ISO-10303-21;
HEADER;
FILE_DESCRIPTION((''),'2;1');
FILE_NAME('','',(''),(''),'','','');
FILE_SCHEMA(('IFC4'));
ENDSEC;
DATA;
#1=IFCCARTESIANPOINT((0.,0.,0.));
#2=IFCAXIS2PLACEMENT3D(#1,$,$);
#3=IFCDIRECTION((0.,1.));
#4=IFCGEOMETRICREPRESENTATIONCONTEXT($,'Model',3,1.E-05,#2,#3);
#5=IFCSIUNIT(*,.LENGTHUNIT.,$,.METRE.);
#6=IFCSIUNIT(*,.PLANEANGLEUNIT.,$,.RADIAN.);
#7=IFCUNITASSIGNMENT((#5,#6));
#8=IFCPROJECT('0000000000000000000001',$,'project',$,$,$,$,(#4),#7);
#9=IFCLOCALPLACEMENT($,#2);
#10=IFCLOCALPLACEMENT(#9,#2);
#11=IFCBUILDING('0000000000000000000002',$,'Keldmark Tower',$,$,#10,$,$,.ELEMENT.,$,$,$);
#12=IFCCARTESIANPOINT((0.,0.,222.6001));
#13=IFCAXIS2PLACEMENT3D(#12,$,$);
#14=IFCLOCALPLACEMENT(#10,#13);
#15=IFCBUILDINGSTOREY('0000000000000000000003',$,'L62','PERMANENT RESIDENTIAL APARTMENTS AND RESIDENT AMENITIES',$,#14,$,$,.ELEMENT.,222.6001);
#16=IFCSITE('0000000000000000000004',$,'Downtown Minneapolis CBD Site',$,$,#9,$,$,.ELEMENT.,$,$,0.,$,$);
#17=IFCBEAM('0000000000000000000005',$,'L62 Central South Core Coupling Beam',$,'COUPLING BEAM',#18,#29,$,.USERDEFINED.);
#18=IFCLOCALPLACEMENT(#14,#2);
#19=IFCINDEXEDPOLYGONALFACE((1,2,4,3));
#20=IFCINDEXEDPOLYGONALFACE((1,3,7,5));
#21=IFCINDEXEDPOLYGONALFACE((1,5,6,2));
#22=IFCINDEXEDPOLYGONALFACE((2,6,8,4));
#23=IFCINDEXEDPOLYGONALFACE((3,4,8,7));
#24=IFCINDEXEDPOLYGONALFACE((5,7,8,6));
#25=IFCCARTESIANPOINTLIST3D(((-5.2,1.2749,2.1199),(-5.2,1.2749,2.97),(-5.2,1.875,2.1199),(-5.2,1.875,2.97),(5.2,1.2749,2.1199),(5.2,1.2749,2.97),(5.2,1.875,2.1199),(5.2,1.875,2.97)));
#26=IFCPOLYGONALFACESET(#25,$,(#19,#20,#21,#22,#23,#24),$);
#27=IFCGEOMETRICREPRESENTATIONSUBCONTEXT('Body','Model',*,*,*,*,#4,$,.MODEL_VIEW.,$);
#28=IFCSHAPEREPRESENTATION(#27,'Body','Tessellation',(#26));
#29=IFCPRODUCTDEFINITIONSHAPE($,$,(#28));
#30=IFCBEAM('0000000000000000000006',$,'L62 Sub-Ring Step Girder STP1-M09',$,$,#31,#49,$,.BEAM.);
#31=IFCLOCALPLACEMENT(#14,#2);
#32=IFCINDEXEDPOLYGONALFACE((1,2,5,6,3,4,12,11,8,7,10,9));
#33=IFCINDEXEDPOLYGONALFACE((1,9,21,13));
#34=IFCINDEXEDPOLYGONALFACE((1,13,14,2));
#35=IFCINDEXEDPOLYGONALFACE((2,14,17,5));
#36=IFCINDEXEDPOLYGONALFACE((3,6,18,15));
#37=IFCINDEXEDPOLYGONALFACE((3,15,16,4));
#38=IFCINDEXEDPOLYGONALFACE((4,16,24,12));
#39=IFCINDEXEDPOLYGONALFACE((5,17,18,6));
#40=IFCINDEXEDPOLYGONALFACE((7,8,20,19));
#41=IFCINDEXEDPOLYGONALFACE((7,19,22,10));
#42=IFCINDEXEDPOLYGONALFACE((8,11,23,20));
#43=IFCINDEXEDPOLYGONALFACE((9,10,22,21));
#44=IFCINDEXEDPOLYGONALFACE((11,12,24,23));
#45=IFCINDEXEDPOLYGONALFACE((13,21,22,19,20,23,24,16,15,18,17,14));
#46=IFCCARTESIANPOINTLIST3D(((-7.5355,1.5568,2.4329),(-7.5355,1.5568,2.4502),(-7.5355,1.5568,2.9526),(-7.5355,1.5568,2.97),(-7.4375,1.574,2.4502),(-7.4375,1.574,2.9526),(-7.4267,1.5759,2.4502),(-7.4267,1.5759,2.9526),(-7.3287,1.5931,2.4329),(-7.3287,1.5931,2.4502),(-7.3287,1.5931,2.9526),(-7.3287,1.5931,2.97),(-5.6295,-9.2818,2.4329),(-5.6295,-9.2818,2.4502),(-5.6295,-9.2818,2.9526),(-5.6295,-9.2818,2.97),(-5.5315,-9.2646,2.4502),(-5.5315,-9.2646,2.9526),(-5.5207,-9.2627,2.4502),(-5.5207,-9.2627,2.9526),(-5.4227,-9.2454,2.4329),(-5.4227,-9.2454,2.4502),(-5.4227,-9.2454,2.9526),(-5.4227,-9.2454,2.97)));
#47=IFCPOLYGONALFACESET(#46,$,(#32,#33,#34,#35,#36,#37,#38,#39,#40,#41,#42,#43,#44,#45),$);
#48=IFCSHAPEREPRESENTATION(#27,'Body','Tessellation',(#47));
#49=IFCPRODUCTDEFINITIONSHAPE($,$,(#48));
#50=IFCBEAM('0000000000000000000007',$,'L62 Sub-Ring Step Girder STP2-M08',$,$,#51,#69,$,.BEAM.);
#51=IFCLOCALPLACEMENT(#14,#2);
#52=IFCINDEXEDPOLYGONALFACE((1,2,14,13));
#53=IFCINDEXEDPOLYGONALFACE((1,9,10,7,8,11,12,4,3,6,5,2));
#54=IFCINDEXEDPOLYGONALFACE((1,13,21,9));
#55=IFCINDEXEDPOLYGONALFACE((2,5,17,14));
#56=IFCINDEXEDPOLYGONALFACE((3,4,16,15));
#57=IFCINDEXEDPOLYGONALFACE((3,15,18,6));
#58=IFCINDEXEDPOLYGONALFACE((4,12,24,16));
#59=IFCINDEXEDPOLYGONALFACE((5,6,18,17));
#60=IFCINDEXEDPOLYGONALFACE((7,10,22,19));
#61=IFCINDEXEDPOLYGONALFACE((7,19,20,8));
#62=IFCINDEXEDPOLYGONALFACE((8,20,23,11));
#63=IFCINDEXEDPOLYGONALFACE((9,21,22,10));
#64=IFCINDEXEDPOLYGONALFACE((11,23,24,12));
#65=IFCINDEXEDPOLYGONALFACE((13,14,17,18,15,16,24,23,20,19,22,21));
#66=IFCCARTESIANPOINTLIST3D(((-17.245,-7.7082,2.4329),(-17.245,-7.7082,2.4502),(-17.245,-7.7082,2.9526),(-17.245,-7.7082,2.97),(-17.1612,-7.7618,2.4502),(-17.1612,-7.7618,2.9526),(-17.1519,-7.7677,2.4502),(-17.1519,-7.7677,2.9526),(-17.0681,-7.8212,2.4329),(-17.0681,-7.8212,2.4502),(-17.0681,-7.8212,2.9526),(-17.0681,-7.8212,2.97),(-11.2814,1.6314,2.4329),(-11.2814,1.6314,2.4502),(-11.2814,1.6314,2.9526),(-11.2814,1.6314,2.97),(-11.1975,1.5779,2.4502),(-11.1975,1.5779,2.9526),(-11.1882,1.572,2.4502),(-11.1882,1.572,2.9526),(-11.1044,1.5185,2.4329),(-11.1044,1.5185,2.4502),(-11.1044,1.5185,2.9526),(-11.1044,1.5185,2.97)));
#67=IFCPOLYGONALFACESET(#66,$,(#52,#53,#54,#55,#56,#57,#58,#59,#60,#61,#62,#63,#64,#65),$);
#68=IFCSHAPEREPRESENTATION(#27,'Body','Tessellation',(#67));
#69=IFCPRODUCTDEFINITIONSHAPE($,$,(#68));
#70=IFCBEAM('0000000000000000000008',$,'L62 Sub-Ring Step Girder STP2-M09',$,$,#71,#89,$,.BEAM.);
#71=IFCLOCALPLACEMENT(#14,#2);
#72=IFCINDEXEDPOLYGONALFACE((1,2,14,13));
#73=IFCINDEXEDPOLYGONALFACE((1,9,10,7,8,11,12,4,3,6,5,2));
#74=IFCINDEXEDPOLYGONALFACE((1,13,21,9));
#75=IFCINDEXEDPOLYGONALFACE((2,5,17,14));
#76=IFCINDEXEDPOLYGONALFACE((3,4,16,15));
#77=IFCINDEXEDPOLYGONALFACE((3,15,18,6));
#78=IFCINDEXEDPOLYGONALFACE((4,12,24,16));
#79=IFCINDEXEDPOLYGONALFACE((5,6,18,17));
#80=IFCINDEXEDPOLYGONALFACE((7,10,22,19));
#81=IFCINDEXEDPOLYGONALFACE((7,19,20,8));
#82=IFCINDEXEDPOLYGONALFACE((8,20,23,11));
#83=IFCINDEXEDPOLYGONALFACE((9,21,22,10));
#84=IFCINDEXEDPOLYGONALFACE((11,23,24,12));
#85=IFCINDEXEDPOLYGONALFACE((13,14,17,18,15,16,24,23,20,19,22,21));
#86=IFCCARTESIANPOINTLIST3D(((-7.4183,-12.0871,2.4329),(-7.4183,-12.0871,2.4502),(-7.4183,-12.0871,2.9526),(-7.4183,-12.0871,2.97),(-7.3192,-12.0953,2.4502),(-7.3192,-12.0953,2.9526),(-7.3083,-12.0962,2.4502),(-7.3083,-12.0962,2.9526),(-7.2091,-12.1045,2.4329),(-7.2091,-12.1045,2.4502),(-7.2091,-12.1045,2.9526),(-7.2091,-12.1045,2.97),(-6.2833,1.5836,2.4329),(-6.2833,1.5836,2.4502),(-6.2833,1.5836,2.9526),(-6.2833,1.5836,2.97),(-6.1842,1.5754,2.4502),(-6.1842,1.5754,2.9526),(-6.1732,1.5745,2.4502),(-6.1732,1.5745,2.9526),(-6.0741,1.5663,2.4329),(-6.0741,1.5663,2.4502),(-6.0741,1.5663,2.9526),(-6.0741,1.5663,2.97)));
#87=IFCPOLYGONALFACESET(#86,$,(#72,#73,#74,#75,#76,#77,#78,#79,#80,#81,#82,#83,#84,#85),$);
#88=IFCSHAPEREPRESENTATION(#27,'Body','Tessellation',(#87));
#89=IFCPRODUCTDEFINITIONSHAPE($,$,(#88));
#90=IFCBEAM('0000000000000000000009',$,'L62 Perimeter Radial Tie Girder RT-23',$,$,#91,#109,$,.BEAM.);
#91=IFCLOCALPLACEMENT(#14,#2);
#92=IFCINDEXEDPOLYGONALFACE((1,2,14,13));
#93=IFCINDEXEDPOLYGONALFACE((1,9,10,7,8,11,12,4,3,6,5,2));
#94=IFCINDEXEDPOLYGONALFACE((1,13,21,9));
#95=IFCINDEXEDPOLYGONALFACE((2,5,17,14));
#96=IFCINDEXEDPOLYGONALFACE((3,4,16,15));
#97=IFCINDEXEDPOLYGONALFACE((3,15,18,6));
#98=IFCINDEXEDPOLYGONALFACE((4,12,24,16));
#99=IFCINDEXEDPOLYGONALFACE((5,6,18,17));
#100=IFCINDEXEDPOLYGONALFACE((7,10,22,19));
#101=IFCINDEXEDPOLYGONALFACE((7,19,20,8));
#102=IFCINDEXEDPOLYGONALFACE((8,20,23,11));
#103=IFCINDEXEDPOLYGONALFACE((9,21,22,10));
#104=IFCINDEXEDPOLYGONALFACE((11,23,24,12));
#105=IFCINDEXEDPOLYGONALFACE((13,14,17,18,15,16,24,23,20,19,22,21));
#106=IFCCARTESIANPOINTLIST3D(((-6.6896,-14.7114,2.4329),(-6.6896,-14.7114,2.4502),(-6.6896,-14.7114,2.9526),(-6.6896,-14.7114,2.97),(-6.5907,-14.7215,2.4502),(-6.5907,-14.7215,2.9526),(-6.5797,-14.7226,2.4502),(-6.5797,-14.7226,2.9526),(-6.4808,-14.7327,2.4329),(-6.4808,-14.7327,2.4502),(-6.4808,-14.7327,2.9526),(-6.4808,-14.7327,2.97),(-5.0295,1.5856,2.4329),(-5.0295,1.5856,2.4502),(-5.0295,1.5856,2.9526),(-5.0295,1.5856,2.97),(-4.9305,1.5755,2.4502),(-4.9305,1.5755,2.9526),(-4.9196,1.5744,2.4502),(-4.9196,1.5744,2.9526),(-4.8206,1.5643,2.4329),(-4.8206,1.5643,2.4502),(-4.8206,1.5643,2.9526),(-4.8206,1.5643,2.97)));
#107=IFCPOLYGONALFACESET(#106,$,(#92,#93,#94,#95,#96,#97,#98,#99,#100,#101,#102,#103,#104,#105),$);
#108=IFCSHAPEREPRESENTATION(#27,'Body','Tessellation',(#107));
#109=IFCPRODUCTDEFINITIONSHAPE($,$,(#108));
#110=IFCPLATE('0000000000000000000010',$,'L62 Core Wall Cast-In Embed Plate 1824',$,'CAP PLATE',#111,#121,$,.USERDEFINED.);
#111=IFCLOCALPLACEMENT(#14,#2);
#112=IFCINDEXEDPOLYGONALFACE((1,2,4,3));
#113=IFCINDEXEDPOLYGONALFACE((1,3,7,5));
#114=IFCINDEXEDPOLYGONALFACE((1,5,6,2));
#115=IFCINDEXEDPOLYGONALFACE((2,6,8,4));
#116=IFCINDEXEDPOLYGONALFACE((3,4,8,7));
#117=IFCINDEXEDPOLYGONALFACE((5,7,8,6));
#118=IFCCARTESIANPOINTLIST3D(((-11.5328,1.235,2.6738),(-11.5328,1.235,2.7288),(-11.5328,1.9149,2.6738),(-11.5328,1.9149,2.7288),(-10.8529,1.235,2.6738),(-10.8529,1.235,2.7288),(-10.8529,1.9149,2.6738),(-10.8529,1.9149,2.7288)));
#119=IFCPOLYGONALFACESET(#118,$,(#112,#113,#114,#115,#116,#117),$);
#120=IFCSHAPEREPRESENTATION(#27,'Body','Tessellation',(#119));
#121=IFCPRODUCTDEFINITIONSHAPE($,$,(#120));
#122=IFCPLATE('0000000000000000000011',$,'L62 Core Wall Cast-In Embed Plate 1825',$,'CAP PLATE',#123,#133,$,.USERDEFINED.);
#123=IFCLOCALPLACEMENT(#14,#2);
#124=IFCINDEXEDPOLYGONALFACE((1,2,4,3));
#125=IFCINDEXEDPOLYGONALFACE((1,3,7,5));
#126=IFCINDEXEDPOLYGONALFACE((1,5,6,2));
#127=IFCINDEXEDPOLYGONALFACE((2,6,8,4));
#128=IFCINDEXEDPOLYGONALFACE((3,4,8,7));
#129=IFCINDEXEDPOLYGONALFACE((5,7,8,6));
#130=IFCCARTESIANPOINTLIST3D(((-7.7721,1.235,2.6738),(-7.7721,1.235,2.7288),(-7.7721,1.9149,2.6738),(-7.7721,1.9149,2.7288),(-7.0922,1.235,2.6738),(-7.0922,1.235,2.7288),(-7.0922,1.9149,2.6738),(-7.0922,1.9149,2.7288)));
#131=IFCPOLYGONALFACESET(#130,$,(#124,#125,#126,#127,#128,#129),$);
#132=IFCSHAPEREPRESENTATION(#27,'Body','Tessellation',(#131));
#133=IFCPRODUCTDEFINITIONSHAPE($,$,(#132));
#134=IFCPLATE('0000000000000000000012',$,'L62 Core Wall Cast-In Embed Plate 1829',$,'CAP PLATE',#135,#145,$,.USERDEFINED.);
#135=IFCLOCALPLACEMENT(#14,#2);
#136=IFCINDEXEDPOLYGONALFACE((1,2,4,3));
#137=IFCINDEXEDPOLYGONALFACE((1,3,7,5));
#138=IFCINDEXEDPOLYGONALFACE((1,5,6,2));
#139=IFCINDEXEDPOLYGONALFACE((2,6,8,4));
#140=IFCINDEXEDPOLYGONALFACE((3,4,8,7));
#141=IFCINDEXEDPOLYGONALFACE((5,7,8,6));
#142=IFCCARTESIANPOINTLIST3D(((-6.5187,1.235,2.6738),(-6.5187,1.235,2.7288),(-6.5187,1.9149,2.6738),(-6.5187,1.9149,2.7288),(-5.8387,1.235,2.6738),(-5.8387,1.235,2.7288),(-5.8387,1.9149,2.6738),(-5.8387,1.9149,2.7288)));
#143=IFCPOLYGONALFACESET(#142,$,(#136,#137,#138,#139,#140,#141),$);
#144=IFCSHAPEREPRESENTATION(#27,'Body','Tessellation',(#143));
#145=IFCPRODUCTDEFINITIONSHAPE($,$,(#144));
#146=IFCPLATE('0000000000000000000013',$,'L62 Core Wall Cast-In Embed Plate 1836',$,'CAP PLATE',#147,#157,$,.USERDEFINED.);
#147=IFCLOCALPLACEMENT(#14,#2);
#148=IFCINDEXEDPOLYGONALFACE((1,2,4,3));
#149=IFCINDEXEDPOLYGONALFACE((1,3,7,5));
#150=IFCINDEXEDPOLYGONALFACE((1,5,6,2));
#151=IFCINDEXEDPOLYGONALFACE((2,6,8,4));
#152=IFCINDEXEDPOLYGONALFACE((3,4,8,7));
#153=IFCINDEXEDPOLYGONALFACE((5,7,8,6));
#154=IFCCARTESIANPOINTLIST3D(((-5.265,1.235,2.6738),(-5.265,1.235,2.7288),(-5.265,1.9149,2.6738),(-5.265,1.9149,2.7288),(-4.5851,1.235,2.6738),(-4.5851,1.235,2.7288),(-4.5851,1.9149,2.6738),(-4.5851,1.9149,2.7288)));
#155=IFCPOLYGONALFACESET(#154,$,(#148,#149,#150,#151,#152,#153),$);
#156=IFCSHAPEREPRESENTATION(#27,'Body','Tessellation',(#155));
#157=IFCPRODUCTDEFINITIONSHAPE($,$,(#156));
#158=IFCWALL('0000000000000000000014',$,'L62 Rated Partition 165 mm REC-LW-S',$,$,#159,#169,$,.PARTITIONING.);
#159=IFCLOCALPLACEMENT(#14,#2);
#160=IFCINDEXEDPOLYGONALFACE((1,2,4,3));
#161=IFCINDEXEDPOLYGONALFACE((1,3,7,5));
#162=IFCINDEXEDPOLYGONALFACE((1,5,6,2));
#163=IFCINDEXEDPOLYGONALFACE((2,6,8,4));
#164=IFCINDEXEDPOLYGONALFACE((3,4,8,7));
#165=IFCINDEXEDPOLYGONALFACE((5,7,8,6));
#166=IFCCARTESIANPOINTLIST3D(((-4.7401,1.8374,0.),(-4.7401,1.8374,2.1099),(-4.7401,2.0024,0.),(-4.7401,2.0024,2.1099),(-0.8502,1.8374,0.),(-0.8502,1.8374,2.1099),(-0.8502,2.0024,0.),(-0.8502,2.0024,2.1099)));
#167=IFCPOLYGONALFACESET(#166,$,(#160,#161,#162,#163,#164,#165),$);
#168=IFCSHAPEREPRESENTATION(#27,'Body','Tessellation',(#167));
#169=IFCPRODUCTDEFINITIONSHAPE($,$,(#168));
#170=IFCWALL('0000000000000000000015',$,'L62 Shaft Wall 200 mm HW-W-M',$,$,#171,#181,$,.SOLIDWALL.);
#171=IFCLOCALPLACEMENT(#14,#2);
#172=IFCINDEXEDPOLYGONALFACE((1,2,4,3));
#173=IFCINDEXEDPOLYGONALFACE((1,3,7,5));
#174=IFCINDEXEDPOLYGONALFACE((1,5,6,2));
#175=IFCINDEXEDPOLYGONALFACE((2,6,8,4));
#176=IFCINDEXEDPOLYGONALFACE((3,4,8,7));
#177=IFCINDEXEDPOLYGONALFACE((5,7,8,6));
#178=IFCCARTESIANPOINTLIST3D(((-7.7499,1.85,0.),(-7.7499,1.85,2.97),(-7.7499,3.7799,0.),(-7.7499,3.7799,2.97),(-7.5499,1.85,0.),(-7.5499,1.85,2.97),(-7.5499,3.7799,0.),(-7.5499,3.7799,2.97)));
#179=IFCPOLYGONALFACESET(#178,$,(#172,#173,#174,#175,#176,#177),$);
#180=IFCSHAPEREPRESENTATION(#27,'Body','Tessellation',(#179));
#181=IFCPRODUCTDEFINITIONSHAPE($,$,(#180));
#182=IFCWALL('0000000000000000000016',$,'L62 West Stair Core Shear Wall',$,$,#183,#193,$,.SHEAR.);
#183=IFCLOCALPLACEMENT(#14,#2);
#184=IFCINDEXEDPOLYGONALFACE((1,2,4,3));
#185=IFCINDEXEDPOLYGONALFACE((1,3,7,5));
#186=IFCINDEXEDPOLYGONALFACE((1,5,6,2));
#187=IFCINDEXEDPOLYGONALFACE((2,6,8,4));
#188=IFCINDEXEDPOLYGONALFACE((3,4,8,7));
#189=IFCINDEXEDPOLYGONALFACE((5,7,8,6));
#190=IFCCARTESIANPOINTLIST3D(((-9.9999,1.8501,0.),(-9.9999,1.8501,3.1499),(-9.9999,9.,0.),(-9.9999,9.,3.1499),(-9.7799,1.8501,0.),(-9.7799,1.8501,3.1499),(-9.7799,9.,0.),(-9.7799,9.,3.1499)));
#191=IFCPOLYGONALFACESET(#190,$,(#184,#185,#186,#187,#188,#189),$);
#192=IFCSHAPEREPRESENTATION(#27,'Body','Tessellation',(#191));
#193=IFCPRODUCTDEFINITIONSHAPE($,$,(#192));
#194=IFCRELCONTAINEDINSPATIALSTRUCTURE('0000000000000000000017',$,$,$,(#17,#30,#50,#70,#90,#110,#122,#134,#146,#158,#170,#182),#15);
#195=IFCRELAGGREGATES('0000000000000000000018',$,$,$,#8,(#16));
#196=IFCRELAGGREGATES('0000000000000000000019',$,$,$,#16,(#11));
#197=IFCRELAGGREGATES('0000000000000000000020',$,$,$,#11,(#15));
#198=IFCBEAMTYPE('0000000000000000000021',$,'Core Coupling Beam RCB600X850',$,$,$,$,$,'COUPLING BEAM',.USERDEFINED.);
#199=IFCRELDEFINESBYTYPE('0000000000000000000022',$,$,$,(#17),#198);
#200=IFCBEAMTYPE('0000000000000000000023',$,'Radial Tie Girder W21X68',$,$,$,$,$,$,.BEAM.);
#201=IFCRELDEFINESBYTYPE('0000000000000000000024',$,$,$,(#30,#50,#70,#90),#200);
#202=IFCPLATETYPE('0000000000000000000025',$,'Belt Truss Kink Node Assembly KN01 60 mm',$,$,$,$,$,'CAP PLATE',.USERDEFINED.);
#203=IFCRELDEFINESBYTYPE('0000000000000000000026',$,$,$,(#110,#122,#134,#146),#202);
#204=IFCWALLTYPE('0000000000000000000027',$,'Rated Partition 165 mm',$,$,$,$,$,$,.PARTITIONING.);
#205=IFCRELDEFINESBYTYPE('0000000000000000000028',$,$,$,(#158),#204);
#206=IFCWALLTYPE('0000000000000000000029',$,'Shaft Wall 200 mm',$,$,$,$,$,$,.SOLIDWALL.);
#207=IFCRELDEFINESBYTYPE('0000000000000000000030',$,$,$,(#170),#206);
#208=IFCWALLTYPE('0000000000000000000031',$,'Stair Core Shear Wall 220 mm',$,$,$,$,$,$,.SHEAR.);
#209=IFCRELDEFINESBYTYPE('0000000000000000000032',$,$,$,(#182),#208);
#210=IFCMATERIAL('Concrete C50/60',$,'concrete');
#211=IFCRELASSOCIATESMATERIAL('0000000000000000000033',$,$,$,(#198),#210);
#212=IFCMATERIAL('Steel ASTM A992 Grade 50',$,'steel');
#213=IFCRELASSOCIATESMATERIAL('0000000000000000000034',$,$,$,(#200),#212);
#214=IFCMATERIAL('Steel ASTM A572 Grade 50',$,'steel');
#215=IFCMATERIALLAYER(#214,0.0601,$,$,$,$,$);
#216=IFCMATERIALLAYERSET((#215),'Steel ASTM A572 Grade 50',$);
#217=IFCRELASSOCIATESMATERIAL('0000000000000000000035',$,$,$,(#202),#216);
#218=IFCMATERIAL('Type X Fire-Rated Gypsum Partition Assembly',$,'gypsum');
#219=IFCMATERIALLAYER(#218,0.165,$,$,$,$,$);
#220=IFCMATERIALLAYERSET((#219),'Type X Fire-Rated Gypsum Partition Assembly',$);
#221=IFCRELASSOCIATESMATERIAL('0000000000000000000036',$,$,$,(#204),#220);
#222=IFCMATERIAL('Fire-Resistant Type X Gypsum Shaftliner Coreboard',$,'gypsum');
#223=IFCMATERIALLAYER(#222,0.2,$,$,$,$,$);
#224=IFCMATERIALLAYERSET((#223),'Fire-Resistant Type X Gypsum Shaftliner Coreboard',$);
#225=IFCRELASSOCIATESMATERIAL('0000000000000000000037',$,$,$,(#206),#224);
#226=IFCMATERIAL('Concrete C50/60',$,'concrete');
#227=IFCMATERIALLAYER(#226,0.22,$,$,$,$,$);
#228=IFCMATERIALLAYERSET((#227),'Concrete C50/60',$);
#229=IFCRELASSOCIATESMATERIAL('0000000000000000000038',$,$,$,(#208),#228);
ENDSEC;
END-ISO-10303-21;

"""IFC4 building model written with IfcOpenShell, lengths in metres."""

from ifc_helpers import new_model, si_unit, direction, frame, frame_2d, origin, origin_2d, place, context, subcontext, project, spatial, rectangle, i_section, extrude, material, layer, layer_set, material_profile, profile_set, type_object, element, save


model = new_model("IFC4")

# Units and contexts
model_context = context("Model", 3, precision=1e-05, world=origin(), true_north=direction((0.0, 1.0)))
body_context = subcontext(model_context, "Body", "Model", "MODEL_VIEW")
ifc_project = project(units=[si_unit("LENGTHUNIT", "METRE"), si_unit("PLANEANGLEUNIT", "RADIAN")], contexts=[model_context])

# Site, building, storey
site_placement = place(None, origin())
site = spatial("IfcSite", under=ifc_project, at=site_placement, Name="Downtown Minneapolis CBD Site", CompositionType="ELEMENT", RefElevation=0.0)
building_placement = place(site_placement, origin())
building = spatial("IfcBuilding", under=site, at=building_placement, Name="Keldmark Tower", CompositionType="ELEMENT")
storey_placement = place(building_placement, frame((0.0, 0.0, 222.6001)))
storey = spatial("IfcBuildingStorey", under=building, at=storey_placement, Name="L62", Description="PERMANENT RESIDENTIAL APARTMENTS AND RESIDENT AMENITIES", CompositionType="ELEMENT", Elevation=222.6001)

# Beams
ifc_material_1 = material(Name="Concrete C50/60", Category="concrete")
ifc_material_profile_1 = material_profile(ifc_material_1, rectangle(XDim=0.6001, YDim=0.8501, at=origin_2d()), Name="RCB600X850")
ifc_profile_set_1 = profile_set([ifc_material_profile_1], Name="Concrete C50/60")
beam_type_1 = type_object("IfcBeamType", Name="Core Coupling Beam RCB600X850", ElementType="COUPLING BEAM", PredefinedType="USERDEFINED", material=ifc_profile_set_1)
beam_1_placement = place(storey_placement, frame((-5.2, 1.575, 2.5449), z_axis=(1.0, 0.0, 0.0), x_axis=(0.0, 1.0, 0.0)))
element("IfcBeam", 1, at=beam_1_placement, inside=storey, type_object=beam_type_1, Name="L62 Central South Core Coupling Beam", ObjectType="COUPLING BEAM", PredefinedType="USERDEFINED", context=body_context, shape_type="SweptSolid", body=[
    extrude(rectangle(XDim=0.6001, YDim=0.8501, at=origin_2d()), origin(), (0.0, 0.0, 1.0), 10.3999),
])
ifc_material_2 = material(Name="Steel ASTM A992 Grade 50", Category="steel")
ifc_material_profile_2 = material_profile(ifc_material_2, i_section(OverallWidth=0.21, OverallDepth=0.5371, WebThickness=0.011, FlangeThickness=0.0173, at=origin_2d()), Name="W21X68")
ifc_profile_set_2 = profile_set([ifc_material_profile_2], Name="Steel ASTM A992 Grade 50")
beam_type_2 = type_object("IfcBeamType", Name="Radial Tie Girder W21X68", PredefinedType="BEAM", material=ifc_profile_set_2)
beam_2_placement = place(storey_placement, frame((-7.4321, 1.575, 2.7014), z_axis=(0.173196, -0.984887, 0.0), x_axis=(0.984887, 0.173196, 0.0)))
element("IfcBeam", 2, at=beam_2_placement, inside=storey, type_object=beam_type_2, Name="L62 Sub-Ring Step Girder STP1-M09", PredefinedType="BEAM", context=body_context, shape_type="SweptSolid", body=[
    extrude(i_section(OverallWidth=0.21, OverallDepth=0.5371, WebThickness=0.011, FlangeThickness=0.0173, at=origin_2d()), origin(), (0.0, 0.0, 1.0), 11.0049),
])
beam_3_placement = place(storey_placement, frame((-11.1929, 1.575, 2.7014), z_axis=(-0.538175, -0.842833, 0.0), x_axis=(0.842833, -0.538175, 0.0)))
element("IfcBeam", 3, at=beam_3_placement, inside=storey, type_object=beam_type_2, Name="L62 Sub-Ring Step Girder STP2-M08", PredefinedType="BEAM", context=body_context, shape_type="SweptSolid", body=[
    extrude(i_section(OverallWidth=0.21, OverallDepth=0.5371, WebThickness=0.011, FlangeThickness=0.0173, at=origin_2d()), origin(), (0.0, 0.0, 1.0), 11.0813),
])
beam_4_placement = place(storey_placement, frame((-6.1787, 1.575, 2.7014), z_axis=(-0.082741, -0.996571, 0.0), x_axis=(0.996571, -0.082741, 0.0)))
element("IfcBeam", 4, at=beam_4_placement, inside=storey, type_object=beam_type_2, Name="L62 Sub-Ring Step Girder STP2-M09", PredefinedType="BEAM", context=body_context, shape_type="SweptSolid", body=[
    extrude(i_section(OverallWidth=0.21, OverallDepth=0.5371, WebThickness=0.011, FlangeThickness=0.0173, at=origin_2d()), origin(), (0.0, 0.0, 1.0), 13.7178),
])
beam_5_placement = place(storey_placement, frame((-4.925, 1.575, 2.7014), z_axis=(-0.101344, -0.994851, 0.0), x_axis=(0.994851, -0.101344, 0.0)))
element("IfcBeam", 5, at=beam_5_placement, inside=storey, type_object=beam_type_2, Name="L62 Perimeter Radial Tie Girder RT-23", PredefinedType="BEAM", context=body_context, shape_type="SweptSolid", body=[
    extrude(i_section(OverallWidth=0.21, OverallDepth=0.5371, WebThickness=0.011, FlangeThickness=0.0173, at=origin_2d()), origin(), (0.0, 0.0, 1.0), 16.3813),
])

# Plates
ifc_material_3 = material(Name="Steel ASTM A572 Grade 50", Category="steel")
ifc_layer_1 = layer(ifc_material_3, 0.0601)
ifc_layer_set_1 = layer_set([ifc_layer_1], Name="Steel ASTM A572 Grade 50")
plate_type = type_object("IfcPlateType", Name="Belt Truss Kink Node Assembly KN01 60 mm", ElementType="CAP PLATE", PredefinedType="USERDEFINED", material=ifc_layer_set_1)
for number, where, z_axis, x_axis, name in (
    (6, (-11.1929, 1.575, 2.6738), (0.0, 0.0, 1.0), (1.0, 0.0, 0.0), "L62 Core Wall Cast-In Embed Plate 1824"),
    (7, (-7.4321, 1.575, 2.6738), (0.0, 0.0, 1.0), (1.0, 0.0, 0.0), "L62 Core Wall Cast-In Embed Plate 1825"),
    (8, (-6.1787, 1.575, 2.6738), (0.0, 0.0, 1.0), (1.0, 0.0, 0.0), "L62 Core Wall Cast-In Embed Plate 1829"),
    (9, (-4.925, 1.575, 2.6738), (0.0, 0.0, 1.0), (1.0, 0.0, 0.0), "L62 Core Wall Cast-In Embed Plate 1836"),
):
    element("IfcPlate", number, at=place(storey_placement, frame(where, z_axis=z_axis, x_axis=x_axis)), inside=storey, type_object=plate_type, Name=name, ObjectType="CAP PLATE", PredefinedType="USERDEFINED", context=body_context, shape_type="SweptSolid", body=[
        extrude(rectangle(XDim=0.6799, YDim=0.6799, at=origin_2d()), origin(), (0.0, 0.0, 1.0), 0.0549),
    ])

# Walls
ifc_material_4 = material(Name="Type X Fire-Rated Gypsum Partition Assembly", Category="gypsum")
ifc_layer_2 = layer(ifc_material_4, 0.165)
ifc_layer_set_2 = layer_set([ifc_layer_2], Name="Type X Fire-Rated Gypsum Partition Assembly")
wall_type_1 = type_object("IfcWallType", Name="Rated Partition 165 mm", PredefinedType="PARTITIONING", material=ifc_layer_set_2)
wall_1_placement = place(storey_placement, frame((-4.74, 1.9199, 0.0), z_axis=(0.0, 0.0, 1.0), x_axis=(1.0, 0.0, 0.0)))
element("IfcWall", 10, at=wall_1_placement, inside=storey, type_object=wall_type_1, Name="L62 Rated Partition 165 mm REC-LW-S", PredefinedType="PARTITIONING", context=body_context, shape_type="SweptSolid", body=[
    extrude(rectangle(XDim=3.8899, YDim=0.165, at=frame_2d((1.9448, 0.0))), origin(), (0.0, 0.0, 1.0), 2.1099),
])
ifc_material_5 = material(Name="Fire-Resistant Type X Gypsum Shaftliner Coreboard", Category="gypsum")
ifc_layer_3 = layer(ifc_material_5, 0.2)
ifc_layer_set_3 = layer_set([ifc_layer_3], Name="Fire-Resistant Type X Gypsum Shaftliner Coreboard")
wall_type_2 = type_object("IfcWallType", Name="Shaft Wall 200 mm", PredefinedType="SOLIDWALL", material=ifc_layer_set_3)
wall_2_placement = place(storey_placement, frame((-7.6499, 1.8501, 0.0), z_axis=(0.0, 0.0, 1.0), x_axis=(0.0, 1.0, 0.0)))
element("IfcWall", 11, at=wall_2_placement, inside=storey, type_object=wall_type_2, Name="L62 Shaft Wall 200 mm HW-W-M", PredefinedType="SOLIDWALL", context=body_context, shape_type="SweptSolid", body=[
    extrude(rectangle(XDim=1.9299, YDim=0.2, at=frame_2d((0.9648, 0.0))), origin(), (0.0, 0.0, 1.0), 2.97),
])
ifc_material_6 = material(Name="Concrete C50/60", Category="concrete")
ifc_layer_4 = layer(ifc_material_6, 0.22)
ifc_layer_set_4 = layer_set([ifc_layer_4], Name="Concrete C50/60")
wall_type_3 = type_object("IfcWallType", Name="Stair Core Shear Wall 220 mm", PredefinedType="SHEAR", material=ifc_layer_set_4)
wall_3_placement = place(storey_placement, frame((-9.8899, 1.8501, 0.0), z_axis=(0.0, 0.0, 1.0), x_axis=(0.0, 1.0, 0.0)))
element("IfcWall", 12, at=wall_3_placement, inside=storey, type_object=wall_type_3, Name="L62 West Stair Core Shear Wall", PredefinedType="SHEAR", context=body_context, shape_type="SweptSolid", body=[
    extrude(rectangle(XDim=7.1499, YDim=0.22, at=frame_2d((3.575, 0.0))), origin(), (0.0, 0.0, 1.0), 3.1499),
])

save(model, "model.ifc")
